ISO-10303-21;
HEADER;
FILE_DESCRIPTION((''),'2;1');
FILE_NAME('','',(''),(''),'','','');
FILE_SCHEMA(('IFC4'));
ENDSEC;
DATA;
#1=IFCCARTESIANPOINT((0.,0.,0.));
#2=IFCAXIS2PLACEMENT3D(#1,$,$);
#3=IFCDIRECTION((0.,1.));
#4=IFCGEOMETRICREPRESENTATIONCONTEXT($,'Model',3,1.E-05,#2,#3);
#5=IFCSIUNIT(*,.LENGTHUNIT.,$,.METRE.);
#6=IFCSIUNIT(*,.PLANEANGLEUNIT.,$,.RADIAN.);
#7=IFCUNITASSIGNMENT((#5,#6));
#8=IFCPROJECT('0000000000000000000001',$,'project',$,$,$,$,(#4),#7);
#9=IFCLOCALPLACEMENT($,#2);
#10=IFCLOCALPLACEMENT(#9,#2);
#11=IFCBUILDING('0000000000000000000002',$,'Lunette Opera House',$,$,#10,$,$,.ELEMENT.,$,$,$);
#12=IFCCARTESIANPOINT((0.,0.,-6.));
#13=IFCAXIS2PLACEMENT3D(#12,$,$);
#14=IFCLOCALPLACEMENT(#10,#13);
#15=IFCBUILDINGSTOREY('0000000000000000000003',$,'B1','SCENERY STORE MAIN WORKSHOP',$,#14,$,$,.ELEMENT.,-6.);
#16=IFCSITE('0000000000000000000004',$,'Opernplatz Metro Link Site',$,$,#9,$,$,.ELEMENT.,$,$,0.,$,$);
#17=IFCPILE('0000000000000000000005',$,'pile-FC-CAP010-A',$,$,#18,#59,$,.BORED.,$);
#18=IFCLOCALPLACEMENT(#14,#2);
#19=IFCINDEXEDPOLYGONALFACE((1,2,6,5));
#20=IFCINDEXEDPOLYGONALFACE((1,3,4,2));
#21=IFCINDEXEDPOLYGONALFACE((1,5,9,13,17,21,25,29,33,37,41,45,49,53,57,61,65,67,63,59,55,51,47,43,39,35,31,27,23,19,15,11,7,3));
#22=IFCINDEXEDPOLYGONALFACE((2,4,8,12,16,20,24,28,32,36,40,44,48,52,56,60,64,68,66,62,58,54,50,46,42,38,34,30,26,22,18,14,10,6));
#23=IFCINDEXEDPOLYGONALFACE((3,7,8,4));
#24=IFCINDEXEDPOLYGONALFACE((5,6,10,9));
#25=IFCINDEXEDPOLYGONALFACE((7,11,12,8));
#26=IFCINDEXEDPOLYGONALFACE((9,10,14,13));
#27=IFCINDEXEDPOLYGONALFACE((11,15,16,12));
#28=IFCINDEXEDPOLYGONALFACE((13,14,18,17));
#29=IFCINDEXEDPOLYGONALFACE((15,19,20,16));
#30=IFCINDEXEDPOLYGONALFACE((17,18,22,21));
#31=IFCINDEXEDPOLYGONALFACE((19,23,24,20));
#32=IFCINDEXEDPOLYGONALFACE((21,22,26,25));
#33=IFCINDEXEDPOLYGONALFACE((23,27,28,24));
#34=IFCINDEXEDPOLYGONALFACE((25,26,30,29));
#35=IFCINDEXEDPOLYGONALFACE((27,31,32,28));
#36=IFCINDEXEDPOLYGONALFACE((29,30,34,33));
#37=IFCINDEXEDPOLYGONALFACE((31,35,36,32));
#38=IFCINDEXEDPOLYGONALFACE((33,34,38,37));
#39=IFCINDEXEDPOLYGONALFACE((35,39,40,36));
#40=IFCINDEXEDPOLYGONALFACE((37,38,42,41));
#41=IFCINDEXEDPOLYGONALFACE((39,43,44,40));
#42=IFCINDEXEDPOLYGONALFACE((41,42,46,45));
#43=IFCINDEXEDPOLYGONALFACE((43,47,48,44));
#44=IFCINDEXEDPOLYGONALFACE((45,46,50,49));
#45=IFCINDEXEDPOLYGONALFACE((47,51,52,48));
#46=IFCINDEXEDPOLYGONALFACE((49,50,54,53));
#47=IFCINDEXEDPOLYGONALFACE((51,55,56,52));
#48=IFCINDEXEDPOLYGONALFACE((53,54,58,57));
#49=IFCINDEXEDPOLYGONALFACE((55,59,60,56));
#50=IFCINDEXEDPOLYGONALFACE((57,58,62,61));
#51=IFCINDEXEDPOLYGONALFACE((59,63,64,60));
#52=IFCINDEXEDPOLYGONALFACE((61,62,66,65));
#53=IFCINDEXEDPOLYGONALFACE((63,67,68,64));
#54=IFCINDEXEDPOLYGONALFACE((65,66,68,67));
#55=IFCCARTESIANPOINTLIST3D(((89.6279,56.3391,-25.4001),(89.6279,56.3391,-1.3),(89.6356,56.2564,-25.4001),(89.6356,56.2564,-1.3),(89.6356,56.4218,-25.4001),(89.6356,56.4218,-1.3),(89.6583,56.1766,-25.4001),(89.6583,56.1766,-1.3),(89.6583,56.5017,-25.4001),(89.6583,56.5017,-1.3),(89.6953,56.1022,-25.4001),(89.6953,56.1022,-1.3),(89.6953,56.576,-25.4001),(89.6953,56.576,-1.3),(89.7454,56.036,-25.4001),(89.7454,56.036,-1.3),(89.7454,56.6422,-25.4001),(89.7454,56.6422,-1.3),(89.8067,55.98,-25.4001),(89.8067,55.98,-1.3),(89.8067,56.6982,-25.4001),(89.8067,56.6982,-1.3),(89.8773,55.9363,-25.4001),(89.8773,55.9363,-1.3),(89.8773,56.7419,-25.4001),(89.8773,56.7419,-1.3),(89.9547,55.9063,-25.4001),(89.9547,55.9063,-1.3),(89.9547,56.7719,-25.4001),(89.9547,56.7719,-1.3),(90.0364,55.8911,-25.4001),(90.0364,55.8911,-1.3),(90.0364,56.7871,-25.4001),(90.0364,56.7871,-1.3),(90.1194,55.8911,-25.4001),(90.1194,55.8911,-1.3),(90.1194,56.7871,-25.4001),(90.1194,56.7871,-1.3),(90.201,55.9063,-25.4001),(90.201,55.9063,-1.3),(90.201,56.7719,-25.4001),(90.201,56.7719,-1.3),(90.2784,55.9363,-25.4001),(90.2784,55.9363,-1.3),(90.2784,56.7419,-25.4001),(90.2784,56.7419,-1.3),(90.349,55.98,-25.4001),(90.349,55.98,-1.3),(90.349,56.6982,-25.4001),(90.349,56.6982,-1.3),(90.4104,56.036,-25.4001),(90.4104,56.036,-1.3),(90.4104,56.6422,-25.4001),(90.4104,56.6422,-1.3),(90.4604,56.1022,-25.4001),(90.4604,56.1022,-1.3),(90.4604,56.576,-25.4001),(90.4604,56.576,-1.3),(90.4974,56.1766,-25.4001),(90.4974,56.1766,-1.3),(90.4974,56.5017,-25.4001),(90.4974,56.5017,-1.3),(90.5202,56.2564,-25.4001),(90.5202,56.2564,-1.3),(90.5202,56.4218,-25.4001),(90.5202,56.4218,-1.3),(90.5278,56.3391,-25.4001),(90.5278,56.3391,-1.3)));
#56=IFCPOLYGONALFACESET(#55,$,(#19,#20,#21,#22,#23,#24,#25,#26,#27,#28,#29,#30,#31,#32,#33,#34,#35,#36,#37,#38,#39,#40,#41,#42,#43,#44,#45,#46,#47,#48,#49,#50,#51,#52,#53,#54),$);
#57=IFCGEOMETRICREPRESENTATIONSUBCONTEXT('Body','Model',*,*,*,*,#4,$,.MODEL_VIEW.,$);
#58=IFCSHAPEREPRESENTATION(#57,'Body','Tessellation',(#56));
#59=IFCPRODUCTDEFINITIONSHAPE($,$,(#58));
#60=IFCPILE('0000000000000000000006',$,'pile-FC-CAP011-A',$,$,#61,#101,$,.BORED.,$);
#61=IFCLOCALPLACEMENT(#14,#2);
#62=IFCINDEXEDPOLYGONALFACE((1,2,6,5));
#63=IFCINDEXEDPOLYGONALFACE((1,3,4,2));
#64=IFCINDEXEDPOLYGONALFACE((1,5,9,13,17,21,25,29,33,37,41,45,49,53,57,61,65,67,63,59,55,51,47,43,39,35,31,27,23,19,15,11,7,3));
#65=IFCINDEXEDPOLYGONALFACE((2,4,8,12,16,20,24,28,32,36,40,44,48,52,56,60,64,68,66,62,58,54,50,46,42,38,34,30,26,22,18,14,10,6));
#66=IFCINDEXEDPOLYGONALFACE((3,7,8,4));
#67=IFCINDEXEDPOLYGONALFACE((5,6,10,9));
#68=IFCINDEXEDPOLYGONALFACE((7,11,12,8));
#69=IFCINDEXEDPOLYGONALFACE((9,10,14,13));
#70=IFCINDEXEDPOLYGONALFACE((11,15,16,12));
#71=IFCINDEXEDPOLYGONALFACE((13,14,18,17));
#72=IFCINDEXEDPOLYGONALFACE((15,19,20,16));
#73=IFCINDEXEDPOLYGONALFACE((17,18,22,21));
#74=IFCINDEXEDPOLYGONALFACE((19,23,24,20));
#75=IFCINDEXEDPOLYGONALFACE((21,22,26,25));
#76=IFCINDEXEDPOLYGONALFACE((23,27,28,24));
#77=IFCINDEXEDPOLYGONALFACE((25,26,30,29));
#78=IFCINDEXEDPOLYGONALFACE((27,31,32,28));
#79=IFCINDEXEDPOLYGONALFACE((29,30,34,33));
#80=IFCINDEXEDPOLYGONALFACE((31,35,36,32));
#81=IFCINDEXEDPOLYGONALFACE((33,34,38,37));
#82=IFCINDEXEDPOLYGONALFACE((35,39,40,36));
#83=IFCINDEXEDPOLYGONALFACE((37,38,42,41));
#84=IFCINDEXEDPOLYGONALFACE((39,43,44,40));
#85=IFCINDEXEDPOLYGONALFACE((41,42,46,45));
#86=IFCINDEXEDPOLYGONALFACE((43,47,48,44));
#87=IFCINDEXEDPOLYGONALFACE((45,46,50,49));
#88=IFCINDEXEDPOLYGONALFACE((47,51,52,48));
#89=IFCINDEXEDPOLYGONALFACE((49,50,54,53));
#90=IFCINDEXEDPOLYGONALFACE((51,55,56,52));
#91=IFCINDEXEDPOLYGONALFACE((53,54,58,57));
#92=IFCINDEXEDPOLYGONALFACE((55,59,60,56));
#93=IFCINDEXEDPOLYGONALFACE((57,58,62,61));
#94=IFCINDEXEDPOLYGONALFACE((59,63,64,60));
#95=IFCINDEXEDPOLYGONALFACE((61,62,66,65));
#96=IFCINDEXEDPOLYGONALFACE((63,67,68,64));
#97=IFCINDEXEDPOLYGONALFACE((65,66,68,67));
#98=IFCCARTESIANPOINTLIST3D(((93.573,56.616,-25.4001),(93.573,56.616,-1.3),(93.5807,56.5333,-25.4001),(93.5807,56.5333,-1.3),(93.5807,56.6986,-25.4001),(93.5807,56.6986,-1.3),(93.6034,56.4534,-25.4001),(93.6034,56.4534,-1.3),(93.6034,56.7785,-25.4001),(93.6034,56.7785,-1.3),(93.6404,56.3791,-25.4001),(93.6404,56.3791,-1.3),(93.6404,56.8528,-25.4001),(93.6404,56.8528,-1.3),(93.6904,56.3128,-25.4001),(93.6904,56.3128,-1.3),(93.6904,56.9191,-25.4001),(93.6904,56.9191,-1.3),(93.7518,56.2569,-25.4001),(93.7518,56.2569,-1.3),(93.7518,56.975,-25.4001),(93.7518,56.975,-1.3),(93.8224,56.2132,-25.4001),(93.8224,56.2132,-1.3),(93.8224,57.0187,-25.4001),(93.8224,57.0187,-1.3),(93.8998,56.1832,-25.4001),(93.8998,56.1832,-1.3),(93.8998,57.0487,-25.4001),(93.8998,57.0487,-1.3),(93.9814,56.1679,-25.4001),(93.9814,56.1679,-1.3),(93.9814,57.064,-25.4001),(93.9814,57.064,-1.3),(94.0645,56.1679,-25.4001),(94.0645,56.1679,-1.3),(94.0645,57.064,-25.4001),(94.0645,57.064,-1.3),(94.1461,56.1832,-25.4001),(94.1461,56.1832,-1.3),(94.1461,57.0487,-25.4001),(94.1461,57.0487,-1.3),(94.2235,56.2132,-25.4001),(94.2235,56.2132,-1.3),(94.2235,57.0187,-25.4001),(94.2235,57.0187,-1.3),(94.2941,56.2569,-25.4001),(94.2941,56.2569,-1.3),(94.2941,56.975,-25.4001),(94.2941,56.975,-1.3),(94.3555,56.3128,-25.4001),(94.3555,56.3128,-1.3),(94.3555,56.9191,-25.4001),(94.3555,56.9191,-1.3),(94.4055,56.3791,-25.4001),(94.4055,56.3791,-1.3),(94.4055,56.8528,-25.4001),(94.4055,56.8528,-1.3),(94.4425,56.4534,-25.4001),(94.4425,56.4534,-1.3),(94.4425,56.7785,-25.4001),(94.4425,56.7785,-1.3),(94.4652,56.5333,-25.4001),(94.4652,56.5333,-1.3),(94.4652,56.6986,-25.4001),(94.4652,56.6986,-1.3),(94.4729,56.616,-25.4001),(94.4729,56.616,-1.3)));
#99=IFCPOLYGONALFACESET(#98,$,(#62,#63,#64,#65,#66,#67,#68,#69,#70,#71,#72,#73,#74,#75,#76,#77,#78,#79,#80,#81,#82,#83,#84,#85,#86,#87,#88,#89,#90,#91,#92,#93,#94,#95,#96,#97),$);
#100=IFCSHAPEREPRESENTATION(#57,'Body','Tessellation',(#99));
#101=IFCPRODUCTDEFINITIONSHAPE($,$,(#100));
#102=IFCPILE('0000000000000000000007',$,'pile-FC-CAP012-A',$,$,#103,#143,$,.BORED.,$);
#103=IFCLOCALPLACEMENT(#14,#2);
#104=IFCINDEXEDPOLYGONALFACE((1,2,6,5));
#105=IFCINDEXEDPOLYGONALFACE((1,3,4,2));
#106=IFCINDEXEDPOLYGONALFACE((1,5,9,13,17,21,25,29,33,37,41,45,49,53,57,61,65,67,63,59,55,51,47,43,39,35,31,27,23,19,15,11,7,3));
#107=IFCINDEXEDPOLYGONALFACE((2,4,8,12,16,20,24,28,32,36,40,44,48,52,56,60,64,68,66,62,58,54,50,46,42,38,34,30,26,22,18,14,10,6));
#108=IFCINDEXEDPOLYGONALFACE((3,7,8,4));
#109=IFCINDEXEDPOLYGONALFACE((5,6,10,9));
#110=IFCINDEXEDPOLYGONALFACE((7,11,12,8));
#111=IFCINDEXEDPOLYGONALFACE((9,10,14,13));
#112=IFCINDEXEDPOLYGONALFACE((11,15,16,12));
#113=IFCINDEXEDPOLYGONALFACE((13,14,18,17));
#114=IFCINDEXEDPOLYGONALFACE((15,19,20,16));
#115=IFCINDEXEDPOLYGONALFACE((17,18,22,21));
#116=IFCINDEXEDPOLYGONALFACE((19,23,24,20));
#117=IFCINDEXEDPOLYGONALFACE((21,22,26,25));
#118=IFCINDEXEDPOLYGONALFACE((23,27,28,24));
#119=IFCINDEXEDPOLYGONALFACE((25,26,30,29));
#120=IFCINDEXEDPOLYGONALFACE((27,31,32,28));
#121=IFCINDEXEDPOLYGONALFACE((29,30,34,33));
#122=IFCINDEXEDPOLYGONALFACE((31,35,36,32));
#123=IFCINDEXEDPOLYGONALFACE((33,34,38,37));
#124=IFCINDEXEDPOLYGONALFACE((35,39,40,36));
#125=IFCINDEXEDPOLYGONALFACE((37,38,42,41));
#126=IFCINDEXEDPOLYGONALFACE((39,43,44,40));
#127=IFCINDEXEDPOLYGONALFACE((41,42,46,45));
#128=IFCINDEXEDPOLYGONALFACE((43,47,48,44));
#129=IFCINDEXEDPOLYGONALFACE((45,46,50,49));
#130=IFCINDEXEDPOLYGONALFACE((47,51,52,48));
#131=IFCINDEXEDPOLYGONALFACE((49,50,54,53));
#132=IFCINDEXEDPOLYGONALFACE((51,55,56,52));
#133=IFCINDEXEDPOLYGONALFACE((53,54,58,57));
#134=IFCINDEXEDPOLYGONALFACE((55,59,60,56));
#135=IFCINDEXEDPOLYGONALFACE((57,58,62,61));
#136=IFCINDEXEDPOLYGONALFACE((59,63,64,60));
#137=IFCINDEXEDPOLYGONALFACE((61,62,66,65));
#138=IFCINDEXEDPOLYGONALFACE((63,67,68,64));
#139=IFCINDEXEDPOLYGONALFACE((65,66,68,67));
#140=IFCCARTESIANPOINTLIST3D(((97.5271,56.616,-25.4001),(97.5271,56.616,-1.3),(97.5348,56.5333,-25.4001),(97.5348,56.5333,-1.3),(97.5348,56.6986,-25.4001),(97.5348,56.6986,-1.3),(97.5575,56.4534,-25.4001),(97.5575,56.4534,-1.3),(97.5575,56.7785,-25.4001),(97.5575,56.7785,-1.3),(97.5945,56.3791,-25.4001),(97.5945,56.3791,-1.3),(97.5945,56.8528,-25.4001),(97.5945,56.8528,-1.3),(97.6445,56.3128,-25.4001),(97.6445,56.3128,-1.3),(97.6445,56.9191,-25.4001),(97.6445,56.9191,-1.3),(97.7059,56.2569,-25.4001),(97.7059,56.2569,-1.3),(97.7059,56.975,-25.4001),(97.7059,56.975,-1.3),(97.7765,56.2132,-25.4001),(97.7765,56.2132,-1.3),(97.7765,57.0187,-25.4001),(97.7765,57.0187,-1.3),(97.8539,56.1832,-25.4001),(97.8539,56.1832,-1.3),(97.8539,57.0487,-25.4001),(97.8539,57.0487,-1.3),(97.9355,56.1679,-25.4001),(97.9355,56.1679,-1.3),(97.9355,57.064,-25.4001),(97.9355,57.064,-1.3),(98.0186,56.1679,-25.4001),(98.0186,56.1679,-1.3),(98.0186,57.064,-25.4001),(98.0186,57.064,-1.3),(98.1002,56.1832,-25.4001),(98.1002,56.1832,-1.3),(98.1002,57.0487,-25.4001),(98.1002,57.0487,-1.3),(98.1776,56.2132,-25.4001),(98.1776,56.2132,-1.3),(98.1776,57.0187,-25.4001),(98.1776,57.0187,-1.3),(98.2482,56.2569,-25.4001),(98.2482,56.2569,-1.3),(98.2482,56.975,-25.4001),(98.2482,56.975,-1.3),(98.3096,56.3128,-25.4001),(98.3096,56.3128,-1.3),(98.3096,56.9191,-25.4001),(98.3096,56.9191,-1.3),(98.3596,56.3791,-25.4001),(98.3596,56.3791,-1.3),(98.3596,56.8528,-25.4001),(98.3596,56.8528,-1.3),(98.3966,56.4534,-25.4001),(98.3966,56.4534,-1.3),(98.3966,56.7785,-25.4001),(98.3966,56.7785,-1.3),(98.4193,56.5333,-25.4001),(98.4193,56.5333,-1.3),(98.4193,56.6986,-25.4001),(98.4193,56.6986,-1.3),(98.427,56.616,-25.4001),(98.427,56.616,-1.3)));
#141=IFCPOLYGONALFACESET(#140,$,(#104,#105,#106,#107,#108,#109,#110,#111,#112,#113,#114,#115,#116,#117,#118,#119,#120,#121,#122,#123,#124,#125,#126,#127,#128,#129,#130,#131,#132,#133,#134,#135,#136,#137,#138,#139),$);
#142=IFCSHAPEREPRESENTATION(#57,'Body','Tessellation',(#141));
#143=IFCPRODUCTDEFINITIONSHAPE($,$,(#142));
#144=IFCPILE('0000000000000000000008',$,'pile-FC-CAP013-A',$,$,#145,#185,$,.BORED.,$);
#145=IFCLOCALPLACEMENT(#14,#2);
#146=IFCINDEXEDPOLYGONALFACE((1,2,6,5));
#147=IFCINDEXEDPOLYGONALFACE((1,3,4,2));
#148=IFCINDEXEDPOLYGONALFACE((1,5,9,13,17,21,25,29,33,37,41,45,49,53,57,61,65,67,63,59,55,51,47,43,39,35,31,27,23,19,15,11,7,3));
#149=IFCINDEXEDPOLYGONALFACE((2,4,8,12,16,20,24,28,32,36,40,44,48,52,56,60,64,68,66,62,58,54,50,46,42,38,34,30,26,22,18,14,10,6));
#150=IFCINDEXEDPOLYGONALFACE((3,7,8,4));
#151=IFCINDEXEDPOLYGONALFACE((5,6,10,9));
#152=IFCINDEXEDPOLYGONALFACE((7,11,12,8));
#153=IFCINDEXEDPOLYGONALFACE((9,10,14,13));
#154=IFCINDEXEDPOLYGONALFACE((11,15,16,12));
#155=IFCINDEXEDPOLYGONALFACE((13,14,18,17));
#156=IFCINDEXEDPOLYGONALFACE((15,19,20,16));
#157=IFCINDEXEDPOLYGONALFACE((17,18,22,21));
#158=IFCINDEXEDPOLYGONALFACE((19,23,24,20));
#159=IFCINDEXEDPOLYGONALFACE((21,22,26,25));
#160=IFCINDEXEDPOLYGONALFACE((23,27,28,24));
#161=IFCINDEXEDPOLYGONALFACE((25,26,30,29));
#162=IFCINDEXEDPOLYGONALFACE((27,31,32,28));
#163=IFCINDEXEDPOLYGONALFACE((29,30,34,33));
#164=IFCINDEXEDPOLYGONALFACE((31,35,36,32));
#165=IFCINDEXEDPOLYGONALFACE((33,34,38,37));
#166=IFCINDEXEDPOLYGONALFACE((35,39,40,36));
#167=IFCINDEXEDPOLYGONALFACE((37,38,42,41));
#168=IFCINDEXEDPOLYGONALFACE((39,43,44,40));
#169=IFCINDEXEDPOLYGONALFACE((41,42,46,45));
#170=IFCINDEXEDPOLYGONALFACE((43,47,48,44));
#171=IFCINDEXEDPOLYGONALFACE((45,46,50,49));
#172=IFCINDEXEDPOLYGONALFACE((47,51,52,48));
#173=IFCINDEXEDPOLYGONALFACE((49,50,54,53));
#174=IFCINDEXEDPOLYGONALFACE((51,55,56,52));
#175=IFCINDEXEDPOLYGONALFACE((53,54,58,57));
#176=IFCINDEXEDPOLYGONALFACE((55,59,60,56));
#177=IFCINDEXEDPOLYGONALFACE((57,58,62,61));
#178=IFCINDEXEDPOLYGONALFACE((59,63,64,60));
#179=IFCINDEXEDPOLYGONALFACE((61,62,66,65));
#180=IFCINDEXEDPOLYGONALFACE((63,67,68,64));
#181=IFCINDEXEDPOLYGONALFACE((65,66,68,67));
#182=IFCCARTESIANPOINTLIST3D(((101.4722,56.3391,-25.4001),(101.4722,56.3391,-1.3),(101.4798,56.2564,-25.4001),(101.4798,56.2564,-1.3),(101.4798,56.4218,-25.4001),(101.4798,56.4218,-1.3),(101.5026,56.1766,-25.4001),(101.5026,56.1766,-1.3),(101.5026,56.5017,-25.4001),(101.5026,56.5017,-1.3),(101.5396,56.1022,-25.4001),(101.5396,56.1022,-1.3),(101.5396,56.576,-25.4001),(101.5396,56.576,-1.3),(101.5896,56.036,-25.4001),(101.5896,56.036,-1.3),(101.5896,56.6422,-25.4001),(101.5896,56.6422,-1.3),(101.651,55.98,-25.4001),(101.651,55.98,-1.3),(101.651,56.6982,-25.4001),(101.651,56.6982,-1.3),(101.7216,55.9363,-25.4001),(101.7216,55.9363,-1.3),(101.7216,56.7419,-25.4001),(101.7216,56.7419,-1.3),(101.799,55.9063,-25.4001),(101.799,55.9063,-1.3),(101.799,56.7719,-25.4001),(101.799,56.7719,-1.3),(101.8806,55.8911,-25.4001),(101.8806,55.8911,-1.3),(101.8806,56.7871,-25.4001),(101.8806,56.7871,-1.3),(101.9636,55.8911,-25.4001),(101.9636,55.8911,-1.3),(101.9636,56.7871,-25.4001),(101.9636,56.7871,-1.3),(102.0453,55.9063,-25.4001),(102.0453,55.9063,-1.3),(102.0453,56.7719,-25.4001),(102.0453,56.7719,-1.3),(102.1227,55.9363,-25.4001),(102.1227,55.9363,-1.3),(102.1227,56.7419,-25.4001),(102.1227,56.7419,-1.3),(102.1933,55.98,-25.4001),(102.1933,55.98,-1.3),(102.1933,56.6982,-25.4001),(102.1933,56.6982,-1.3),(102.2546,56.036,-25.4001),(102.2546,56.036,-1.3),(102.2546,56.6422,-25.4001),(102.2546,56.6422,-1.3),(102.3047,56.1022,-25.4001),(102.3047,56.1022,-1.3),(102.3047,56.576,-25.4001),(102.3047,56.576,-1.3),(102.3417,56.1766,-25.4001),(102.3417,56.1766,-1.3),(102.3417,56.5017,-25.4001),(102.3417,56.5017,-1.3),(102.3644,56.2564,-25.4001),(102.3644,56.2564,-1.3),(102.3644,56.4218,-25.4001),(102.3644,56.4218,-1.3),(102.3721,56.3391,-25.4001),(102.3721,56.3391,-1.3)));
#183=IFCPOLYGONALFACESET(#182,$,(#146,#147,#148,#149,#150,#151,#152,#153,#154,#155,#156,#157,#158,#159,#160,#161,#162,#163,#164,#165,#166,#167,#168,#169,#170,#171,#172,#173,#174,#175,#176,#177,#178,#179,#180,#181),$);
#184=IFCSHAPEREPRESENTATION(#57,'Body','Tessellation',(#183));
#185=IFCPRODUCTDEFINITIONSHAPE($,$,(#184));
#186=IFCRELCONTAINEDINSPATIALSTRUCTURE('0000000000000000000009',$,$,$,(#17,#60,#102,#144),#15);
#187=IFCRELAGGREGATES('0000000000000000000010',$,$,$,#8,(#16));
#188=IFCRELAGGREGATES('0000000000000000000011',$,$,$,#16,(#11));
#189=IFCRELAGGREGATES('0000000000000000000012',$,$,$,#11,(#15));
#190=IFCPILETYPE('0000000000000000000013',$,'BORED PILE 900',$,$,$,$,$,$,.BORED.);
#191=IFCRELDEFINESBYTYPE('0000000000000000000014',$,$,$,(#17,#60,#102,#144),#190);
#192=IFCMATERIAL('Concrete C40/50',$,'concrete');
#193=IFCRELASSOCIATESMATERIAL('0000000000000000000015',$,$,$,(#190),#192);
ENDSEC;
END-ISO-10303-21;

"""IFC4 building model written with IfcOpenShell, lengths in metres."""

from ifc_helpers import new_model, si_unit, direction, frame, origin, origin_2d, place, context, subcontext, project, spatial, circle, extrude, material, material_profile, profile_set, type_object, element, save


model = new_model("IFC4")

# Units and contexts
model_context = context("Model", 3, precision=1e-05, world=origin(), true_north=direction((0.0, 1.0)))
body_context = subcontext(model_context, "Body", "Model", "MODEL_VIEW")
ifc_project = project(units=[si_unit("LENGTHUNIT", "METRE"), si_unit("PLANEANGLEUNIT", "RADIAN")], contexts=[model_context])

# Site, building, storey
site_placement = place(None, origin())
site = spatial("IfcSite", under=ifc_project, at=site_placement, Name="Opernplatz Metro Link Site", CompositionType="ELEMENT", RefElevation=0.0)
building_placement = place(site_placement, origin())
building = spatial("IfcBuilding", under=site, at=building_placement, Name="Lunette Opera House", CompositionType="ELEMENT")
storey_placement = place(building_placement, frame((0.0, 0.0, -6.0)))
storey = spatial("IfcBuildingStorey", under=building, at=storey_placement, Name="B1", Description="SCENERY STORE MAIN WORKSHOP", CompositionType="ELEMENT", Elevation=-6.0)

# Piles
ifc_material_1 = material(Name="Concrete C40/50", Category="concrete")
ifc_material_profile_1 = material_profile(ifc_material_1, circle(Radius=0.45, at=origin_2d()), Name="BORED PILE 900")
ifc_profile_set_1 = profile_set([ifc_material_profile_1], Name="Concrete C40/50")
pile_type = type_object("IfcPileType", Name="BORED PILE 900", PredefinedType="BORED", material=ifc_profile_set_1)
for number, where, z_axis, x_axis, name in (
    (1, (90.0779, 56.3391, -1.3), (0.0, 0.0, -1.0), (1.0, 0.0, 0.0), "pile-FC-CAP010-A"),
    (2, (94.0229, 56.616, -1.3), (0.0, 0.0, -1.0), (1.0, 0.0, 0.0), "pile-FC-CAP011-A"),
    (3, (97.9771, 56.616, -1.3), (0.0, 0.0, -1.0), (1.0, 0.0, 0.0), "pile-FC-CAP012-A"),
    (4, (101.9221, 56.3391, -1.3), (0.0, 0.0, -1.0), (1.0, 0.0, 0.0), "pile-FC-CAP013-A"),
):
    element("IfcPile", number, at=place(storey_placement, frame(where, z_axis=z_axis, x_axis=x_axis)), inside=storey, type_object=pile_type, Name=name, PredefinedType="BORED", context=body_context, shape_type="SweptSolid", body=[
        extrude(circle(Radius=0.45, at=origin_2d()), origin(), (0.0, 0.0, 1.0), 24.1001),
    ])

save(model, "model.ifc")
